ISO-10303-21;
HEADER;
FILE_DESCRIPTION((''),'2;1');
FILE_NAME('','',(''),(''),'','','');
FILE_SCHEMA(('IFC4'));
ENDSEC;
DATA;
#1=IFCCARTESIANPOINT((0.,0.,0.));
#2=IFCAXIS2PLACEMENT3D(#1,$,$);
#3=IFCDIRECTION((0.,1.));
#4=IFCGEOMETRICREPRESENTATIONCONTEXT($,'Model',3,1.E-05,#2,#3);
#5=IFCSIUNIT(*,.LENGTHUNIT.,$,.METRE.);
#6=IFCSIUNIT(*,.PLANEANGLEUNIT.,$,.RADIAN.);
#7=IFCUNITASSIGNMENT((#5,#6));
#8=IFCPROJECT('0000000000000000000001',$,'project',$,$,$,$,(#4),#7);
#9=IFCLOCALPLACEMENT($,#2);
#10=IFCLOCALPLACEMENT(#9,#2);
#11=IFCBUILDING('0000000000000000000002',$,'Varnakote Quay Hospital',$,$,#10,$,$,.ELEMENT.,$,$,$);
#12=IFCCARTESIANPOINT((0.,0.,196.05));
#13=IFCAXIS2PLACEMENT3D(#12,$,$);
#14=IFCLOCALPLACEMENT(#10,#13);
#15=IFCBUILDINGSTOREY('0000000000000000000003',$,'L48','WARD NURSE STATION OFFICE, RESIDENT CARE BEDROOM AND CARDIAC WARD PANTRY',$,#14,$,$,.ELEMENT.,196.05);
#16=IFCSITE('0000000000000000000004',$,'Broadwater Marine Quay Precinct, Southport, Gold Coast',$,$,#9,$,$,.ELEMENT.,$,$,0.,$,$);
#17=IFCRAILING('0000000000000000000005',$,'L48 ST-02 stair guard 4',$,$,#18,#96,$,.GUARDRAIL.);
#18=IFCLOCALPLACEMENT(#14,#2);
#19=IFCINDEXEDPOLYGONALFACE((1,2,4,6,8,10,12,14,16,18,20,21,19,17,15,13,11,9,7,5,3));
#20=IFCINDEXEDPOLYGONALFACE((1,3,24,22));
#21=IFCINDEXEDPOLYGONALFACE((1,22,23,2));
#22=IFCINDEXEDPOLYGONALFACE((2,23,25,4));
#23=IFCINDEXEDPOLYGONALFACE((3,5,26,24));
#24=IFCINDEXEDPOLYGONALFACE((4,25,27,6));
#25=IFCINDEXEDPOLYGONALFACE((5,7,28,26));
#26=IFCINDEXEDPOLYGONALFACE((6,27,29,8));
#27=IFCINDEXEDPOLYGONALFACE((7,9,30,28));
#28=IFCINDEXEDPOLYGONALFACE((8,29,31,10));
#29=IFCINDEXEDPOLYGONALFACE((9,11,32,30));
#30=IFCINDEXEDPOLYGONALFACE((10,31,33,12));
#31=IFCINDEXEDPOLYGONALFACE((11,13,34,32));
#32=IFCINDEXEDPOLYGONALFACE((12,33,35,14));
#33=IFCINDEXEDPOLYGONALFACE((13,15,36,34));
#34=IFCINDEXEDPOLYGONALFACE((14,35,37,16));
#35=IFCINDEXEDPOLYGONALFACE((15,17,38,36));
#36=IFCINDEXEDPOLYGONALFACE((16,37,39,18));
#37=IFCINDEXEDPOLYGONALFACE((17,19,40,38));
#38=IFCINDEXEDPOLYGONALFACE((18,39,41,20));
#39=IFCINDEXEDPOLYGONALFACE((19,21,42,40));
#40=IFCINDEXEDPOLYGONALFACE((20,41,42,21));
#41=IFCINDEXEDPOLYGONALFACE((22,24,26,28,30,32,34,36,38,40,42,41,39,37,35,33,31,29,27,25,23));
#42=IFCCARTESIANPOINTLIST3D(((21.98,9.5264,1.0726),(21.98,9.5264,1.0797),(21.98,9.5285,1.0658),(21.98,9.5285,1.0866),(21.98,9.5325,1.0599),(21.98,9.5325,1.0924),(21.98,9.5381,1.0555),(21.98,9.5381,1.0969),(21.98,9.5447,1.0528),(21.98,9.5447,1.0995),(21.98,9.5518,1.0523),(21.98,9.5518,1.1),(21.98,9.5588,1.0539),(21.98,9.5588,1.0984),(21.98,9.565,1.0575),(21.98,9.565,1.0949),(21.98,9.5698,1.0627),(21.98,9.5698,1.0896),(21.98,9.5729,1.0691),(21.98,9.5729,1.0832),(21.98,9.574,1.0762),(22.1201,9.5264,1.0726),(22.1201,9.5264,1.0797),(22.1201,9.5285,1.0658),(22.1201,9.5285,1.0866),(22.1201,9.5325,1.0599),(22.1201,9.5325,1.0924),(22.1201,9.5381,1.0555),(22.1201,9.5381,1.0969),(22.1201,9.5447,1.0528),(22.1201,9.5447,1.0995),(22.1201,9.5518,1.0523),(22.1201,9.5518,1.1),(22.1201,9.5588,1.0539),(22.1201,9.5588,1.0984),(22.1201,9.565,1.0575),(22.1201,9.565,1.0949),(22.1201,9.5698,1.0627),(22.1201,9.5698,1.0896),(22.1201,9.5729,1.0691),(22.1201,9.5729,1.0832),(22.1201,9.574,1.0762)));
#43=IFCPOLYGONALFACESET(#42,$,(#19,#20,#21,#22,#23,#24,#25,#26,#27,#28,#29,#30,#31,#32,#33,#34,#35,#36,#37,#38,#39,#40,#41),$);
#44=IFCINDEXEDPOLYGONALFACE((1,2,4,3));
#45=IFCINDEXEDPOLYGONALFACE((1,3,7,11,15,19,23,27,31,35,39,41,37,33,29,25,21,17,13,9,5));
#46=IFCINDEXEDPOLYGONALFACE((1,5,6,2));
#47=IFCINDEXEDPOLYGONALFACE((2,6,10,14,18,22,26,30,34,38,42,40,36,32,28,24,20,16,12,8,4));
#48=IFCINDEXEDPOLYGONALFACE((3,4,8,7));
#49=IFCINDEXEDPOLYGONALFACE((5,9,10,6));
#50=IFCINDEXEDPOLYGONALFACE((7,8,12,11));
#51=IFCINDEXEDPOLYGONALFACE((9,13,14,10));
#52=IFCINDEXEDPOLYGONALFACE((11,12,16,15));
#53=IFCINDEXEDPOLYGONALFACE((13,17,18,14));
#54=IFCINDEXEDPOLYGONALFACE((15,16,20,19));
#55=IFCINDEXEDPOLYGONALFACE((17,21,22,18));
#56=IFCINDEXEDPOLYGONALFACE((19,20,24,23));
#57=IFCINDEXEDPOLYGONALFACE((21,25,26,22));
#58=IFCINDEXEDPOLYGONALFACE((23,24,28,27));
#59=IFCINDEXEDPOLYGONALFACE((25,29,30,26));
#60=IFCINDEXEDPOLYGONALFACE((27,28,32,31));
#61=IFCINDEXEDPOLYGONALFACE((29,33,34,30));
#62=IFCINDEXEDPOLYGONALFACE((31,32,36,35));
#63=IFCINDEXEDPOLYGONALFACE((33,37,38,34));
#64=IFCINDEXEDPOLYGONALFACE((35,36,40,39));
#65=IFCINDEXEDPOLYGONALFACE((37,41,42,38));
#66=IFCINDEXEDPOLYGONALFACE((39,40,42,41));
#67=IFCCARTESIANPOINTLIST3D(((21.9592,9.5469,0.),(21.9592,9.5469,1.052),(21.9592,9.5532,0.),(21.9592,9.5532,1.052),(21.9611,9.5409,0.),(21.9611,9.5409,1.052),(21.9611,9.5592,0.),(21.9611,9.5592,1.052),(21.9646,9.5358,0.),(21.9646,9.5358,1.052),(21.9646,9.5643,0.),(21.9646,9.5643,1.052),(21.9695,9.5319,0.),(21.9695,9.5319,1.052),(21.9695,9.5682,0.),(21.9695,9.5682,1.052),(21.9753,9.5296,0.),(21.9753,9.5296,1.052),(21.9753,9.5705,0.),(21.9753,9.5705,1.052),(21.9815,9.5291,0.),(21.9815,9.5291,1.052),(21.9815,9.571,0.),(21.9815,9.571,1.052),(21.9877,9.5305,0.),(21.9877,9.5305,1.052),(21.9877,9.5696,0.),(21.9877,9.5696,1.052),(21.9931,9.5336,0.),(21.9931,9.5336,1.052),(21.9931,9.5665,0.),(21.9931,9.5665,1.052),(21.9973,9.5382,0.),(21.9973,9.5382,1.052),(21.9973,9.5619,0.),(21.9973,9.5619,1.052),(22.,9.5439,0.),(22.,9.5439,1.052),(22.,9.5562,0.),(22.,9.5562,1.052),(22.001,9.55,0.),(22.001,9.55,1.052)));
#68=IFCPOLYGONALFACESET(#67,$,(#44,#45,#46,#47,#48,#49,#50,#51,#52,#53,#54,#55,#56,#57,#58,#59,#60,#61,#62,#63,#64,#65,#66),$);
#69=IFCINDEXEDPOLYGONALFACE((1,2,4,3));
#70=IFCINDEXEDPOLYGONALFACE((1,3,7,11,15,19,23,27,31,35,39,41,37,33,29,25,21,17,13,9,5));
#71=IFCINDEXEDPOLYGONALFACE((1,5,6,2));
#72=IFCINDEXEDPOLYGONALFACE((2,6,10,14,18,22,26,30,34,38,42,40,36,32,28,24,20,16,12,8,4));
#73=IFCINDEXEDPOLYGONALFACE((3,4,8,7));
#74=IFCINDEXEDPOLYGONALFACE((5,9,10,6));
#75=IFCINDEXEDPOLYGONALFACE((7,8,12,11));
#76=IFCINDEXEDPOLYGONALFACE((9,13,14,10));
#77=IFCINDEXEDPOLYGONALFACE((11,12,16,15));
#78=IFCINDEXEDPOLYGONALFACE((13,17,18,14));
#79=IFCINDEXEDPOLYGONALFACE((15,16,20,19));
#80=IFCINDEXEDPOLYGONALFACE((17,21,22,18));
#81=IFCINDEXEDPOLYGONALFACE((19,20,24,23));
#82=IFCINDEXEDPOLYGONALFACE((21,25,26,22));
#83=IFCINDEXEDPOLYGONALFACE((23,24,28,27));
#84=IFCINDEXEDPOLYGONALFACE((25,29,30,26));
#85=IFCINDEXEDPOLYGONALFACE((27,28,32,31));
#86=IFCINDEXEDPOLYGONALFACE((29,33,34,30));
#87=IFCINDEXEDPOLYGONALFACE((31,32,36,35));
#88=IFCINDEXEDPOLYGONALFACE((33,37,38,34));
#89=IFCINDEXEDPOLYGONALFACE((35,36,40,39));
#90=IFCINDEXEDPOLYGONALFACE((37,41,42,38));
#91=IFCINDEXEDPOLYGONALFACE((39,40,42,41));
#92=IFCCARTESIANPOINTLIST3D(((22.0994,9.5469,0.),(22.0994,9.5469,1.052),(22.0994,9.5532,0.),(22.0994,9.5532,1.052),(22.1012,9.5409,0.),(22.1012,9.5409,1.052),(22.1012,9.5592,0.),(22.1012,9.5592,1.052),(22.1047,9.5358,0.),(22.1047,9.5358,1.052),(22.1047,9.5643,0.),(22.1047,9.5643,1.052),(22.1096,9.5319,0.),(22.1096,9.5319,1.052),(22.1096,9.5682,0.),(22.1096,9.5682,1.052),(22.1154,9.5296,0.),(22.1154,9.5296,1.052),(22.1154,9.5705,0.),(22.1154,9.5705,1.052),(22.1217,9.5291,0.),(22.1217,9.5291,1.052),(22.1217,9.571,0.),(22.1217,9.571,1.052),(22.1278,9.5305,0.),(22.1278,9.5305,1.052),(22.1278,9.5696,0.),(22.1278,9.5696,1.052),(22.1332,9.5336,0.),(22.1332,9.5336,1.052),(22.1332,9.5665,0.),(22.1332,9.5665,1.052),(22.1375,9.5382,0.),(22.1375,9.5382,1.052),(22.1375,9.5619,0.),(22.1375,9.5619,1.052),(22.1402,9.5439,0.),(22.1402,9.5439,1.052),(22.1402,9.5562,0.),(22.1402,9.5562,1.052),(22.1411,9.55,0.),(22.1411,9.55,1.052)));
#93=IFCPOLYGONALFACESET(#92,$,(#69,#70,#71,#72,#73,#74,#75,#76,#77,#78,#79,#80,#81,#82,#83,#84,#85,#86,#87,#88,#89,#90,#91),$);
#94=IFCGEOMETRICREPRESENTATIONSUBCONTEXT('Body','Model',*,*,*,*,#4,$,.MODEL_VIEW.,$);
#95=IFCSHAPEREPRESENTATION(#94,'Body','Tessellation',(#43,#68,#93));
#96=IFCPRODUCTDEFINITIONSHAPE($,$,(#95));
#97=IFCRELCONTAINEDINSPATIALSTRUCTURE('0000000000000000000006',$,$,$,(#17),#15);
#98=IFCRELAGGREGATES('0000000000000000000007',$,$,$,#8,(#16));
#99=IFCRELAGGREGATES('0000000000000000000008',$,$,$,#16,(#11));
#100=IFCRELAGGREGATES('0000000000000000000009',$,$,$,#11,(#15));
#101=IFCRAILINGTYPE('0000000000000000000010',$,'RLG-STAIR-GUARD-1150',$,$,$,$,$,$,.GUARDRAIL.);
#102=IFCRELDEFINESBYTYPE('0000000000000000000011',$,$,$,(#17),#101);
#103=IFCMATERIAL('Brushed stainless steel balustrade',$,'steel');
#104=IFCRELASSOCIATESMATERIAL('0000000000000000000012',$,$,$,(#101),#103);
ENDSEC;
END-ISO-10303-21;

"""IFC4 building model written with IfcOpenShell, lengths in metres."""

from ifc_helpers import new_model, si_unit, direction, frame, origin, origin_2d, place, context, subcontext, project, spatial, circle, extrude, material, type_object, element, save


model = new_model("IFC4")

# Units and contexts
model_context = context("Model", 3, precision=1e-05, world=origin(), true_north=direction((0.0, 1.0)))
body_context = subcontext(model_context, "Body", "Model", "MODEL_VIEW")
ifc_project = project(units=[si_unit("LENGTHUNIT", "METRE"), si_unit("PLANEANGLEUNIT", "RADIAN")], contexts=[model_context])

# Site, building, storey
site_placement = place(None, origin())
site = spatial("IfcSite", under=ifc_project, at=site_placement, Name="Broadwater Marine Quay Precinct, Southport, Gold Coast", CompositionType="ELEMENT", RefElevation=0.0)
building_placement = place(site_placement, origin())
building = spatial("IfcBuilding", under=site, at=building_placement, Name="Varnakote Quay Hospital", CompositionType="ELEMENT")
storey_placement = place(building_placement, frame((0.0, 0.0, 196.05)))
storey = spatial("IfcBuildingStorey", under=building, at=storey_placement, Name="L48", Description="WARD NURSE STATION OFFICE, RESIDENT CARE BEDROOM AND CARDIAC WARD PANTRY", CompositionType="ELEMENT", Elevation=196.05)

# Railing
ifc_material_1 = material(Name="Brushed stainless steel balustrade", Category="steel")
railing_type_1 = type_object("IfcRailingType", Name="RLG-STAIR-GUARD-1150", PredefinedType="GUARDRAIL", material=ifc_material_1)
railing_1_placement = place(storey_placement, frame((21.98, 9.55, 0.0)))
element("IfcRailing", 1, at=railing_1_placement, inside=storey, type_object=railing_type_1, Name="L48 ST-02 stair guard 4", PredefinedType="GUARDRAIL", context=body_context, shape_type="SweptSolid", body=[
    extrude(circle(Radius=0.0239, at=origin_2d()), frame((0.0, 0.0, 1.0762), z_axis=(1.0, 0.0, 0.0), x_axis=(0.0, 1.0, 0.0)), (0.0, 0.0, 1.0), 0.1401),
    extrude(circle(Radius=0.021, at=origin_2d()), origin(), (0.0, 0.0, 1.0), 1.052),
    extrude(circle(Radius=0.021, at=origin_2d()), frame((0.1401, 0.0, 0.0)), (0.0, 0.0, 1.0), 1.052),
])

save(model, "model.ifc")
